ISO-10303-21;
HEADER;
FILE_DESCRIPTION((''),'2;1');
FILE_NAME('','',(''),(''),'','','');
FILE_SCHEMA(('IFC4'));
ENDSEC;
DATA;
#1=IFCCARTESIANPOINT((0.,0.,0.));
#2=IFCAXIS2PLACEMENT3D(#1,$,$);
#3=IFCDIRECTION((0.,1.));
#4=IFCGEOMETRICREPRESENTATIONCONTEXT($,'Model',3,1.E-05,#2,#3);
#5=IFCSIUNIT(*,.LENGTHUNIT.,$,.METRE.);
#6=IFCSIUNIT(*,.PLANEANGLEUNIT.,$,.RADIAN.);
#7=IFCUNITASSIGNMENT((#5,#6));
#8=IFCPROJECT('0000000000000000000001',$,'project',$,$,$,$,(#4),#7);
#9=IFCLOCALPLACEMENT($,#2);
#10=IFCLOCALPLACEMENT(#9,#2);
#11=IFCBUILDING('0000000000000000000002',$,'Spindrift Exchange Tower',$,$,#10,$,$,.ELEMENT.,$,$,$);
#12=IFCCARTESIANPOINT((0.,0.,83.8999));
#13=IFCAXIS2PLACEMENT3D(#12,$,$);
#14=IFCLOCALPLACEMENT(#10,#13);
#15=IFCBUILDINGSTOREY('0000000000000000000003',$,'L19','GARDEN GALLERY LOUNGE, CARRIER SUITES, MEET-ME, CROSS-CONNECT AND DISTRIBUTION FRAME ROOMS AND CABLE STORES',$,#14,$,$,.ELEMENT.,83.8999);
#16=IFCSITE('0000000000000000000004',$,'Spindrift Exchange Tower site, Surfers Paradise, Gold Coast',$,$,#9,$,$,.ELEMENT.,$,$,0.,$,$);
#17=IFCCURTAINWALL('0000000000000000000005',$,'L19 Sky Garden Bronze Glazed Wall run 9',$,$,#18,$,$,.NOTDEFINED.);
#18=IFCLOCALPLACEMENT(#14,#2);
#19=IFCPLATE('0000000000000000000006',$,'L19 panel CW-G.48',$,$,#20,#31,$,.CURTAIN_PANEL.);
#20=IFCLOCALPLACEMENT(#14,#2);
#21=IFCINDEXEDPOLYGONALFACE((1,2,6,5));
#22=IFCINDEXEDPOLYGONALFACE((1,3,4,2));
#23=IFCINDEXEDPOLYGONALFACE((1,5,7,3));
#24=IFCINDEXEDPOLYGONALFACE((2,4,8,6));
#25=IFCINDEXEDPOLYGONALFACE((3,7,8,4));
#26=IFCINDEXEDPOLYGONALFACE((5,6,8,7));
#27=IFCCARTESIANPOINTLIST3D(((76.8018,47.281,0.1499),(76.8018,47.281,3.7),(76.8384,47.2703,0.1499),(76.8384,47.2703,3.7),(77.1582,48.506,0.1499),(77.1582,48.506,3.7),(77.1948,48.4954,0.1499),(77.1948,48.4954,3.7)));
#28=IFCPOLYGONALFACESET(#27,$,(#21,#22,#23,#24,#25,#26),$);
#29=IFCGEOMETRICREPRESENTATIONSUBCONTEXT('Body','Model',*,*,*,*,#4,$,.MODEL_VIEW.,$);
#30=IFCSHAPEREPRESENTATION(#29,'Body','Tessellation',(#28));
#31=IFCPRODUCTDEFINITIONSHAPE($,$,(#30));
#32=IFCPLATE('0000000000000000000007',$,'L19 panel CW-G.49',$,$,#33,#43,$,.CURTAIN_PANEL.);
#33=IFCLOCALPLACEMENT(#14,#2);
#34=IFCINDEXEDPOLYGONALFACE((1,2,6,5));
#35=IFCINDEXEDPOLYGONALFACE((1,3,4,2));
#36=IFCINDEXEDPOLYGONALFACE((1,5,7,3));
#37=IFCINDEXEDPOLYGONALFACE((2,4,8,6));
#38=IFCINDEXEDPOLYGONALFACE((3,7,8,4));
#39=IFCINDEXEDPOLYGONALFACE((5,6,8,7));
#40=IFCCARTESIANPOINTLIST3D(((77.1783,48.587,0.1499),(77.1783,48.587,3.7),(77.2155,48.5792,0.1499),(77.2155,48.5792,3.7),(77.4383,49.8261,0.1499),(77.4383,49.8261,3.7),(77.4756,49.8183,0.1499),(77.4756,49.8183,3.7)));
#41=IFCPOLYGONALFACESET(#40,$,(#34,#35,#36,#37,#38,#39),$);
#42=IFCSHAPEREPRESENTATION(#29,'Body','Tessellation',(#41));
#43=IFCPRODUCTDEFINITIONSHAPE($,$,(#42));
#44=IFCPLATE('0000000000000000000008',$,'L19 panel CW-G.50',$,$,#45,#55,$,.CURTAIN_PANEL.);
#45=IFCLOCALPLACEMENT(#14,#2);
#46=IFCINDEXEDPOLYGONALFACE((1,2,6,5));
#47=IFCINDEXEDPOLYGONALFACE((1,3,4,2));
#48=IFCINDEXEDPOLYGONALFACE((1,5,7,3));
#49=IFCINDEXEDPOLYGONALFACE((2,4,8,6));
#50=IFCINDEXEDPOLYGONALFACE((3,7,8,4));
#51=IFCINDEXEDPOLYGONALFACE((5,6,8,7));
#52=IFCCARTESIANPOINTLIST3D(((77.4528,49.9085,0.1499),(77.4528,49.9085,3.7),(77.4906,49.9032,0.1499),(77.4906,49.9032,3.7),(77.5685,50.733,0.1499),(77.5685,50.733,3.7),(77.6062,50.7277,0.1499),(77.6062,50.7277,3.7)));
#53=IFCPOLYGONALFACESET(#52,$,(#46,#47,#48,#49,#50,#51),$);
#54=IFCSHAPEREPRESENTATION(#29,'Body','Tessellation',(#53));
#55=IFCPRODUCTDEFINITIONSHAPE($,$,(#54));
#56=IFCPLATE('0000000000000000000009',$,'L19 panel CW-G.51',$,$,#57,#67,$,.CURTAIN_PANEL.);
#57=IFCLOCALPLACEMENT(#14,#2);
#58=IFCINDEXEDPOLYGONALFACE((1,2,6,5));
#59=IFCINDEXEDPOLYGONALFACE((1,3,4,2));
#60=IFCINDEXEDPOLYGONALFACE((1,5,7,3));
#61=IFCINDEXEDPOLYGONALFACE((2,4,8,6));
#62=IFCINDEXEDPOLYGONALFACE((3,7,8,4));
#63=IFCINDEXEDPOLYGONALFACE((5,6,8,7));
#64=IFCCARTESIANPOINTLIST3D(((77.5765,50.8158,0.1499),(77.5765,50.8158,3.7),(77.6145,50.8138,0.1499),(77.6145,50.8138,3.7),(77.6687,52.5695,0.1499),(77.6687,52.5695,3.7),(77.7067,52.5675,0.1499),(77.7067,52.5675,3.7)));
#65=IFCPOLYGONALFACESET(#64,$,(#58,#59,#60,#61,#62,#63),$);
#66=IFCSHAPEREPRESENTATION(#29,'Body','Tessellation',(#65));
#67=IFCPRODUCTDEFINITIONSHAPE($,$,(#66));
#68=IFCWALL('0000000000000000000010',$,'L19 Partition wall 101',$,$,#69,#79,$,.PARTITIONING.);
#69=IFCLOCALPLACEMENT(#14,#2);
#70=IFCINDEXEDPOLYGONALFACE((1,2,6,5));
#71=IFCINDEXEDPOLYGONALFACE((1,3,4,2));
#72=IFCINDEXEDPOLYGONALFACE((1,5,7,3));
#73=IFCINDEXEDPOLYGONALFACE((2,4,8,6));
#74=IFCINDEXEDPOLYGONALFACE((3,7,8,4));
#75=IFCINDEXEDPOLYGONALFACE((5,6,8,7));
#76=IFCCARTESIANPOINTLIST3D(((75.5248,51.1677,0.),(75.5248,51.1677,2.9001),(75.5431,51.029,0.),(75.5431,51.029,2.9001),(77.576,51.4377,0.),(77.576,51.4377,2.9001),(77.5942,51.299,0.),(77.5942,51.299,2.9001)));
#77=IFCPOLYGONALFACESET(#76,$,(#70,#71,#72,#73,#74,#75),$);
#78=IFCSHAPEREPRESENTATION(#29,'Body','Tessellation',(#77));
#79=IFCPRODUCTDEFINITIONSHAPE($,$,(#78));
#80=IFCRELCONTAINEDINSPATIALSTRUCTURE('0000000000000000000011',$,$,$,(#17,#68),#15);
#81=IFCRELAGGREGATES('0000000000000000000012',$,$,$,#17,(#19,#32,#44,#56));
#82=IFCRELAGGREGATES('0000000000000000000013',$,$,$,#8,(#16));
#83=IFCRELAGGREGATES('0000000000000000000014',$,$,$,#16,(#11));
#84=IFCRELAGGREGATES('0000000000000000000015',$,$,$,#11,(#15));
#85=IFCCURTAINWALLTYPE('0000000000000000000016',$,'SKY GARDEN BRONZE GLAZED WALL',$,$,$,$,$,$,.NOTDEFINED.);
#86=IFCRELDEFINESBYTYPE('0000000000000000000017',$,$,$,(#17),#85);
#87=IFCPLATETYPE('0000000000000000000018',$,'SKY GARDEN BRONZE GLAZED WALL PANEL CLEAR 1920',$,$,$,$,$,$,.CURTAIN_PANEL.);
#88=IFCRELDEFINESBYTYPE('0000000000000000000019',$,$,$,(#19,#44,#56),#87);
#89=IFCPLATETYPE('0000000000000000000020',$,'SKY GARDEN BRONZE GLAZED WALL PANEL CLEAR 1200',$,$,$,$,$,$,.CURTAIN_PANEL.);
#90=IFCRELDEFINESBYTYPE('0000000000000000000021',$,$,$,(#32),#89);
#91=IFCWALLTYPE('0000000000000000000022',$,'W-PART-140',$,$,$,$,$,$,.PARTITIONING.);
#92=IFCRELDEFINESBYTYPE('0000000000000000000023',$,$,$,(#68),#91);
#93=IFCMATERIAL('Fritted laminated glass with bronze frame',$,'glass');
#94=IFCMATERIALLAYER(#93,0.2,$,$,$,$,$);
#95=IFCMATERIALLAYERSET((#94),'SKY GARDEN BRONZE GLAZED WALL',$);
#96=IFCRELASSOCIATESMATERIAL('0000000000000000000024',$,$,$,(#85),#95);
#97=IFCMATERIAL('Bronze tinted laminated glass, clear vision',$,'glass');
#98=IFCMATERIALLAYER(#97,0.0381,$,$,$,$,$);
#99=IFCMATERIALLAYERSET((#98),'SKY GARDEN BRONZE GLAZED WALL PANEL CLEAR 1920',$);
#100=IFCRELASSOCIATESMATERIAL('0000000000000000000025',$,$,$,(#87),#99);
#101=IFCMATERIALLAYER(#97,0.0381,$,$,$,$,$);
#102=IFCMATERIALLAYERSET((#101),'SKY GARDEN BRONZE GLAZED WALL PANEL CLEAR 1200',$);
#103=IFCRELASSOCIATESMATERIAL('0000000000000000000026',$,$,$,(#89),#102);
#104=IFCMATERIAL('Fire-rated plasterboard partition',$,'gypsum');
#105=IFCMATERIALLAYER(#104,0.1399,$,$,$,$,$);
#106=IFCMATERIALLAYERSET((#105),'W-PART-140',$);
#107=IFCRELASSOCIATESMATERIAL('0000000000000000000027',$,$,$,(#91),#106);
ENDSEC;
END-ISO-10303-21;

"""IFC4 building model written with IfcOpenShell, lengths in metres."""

from ifc_helpers import new_model, si_unit, direction, frame, frame_2d, origin, origin_2d, place, context, subcontext, project, spatial, rectangle, extrude, source, transform, mapped, material, layer, layer_set, type_object, element, aggregate, save


model = new_model("IFC4")

# Units and contexts
model_context = context("Model", 3, precision=1e-05, world=origin(), true_north=direction((0.0, 1.0)))
body_context = subcontext(model_context, "Body", "Model", "MODEL_VIEW")
ifc_project = project(units=[si_unit("LENGTHUNIT", "METRE"), si_unit("PLANEANGLEUNIT", "RADIAN")], contexts=[model_context])

# Site, building, storey
site_placement = place(None, origin())
site = spatial("IfcSite", under=ifc_project, at=site_placement, Name="Spindrift Exchange Tower site, Surfers Paradise, Gold Coast", CompositionType="ELEMENT", RefElevation=0.0)
building_placement = place(site_placement, origin())
building = spatial("IfcBuilding", under=site, at=building_placement, Name="Spindrift Exchange Tower", CompositionType="ELEMENT")
storey_placement = place(building_placement, frame((0.0, 0.0, 83.8999)))
storey = spatial("IfcBuildingStorey", under=building, at=storey_placement, Name="L19", Description="GARDEN GALLERY LOUNGE, CARRIER SUITES, MEET-ME, CROSS-CONNECT AND DISTRIBUTION FRAME ROOMS AND CABLE STORES", CompositionType="ELEMENT", Elevation=83.8999)

# Curtain wall
ifc_material_1 = material(Name="Fritted laminated glass with bronze frame", Category="glass")
ifc_layer_1 = layer(ifc_material_1, 0.2)
ifc_layer_set_1 = layer_set([ifc_layer_1], Name="SKY GARDEN BRONZE GLAZED WALL")
curtain_wall_type = type_object("IfcCurtainWallType", Name="SKY GARDEN BRONZE GLAZED WALL", PredefinedType="NOTDEFINED", material=ifc_layer_set_1)
curtain_wall_1_placement = place(storey_placement, origin())
curtain_wall_1 = element("IfcCurtainWall", 1, at=curtain_wall_1_placement, inside=storey, type_object=curtain_wall_type, Name="L19 Sky Garden Bronze Glazed Wall run 9", PredefinedType="NOTDEFINED")

# Plates
ifc_material_2 = material(Name="Bronze tinted laminated glass, clear vision", Category="glass")
ifc_layer_2 = layer(ifc_material_2, 0.0381)
ifc_layer_set_2 = layer_set([ifc_layer_2], Name="SKY GARDEN BRONZE GLAZED WALL PANEL CLEAR 1920")
plate_type_1 = type_object("IfcPlateType", Name="SKY GARDEN BRONZE GLAZED WALL PANEL CLEAR 1920", PredefinedType="CURTAIN_PANEL", material=ifc_layer_set_2)
ifc_layer_3 = layer(ifc_material_2, 0.0381)
ifc_layer_set_3 = layer_set([ifc_layer_3], Name="SKY GARDEN BRONZE GLAZED WALL PANEL CLEAR 1200")
plate_type_2 = type_object("IfcPlateType", Name="SKY GARDEN BRONZE GLAZED WALL PANEL CLEAR 1200", PredefinedType="CURTAIN_PANEL", material=ifc_layer_set_3)
shared_shape_1 = source(origin(), body_context, "Body", "SweptSolid", [
    extrude(rectangle(XDim=1.2759, YDim=0.0381, at=origin_2d()), origin(), (0.0, 0.0, 1.0), 3.55),
])
plate_1_placement = place(storey_placement, frame((76.9983, 47.8882, 0.1499), z_axis=(0.0, 0.0, 1.0), x_axis=(0.279356, 0.960187, 0.0)))
plate_1 = element("IfcPlate", 2, at=plate_1_placement, type_object=plate_type_1, Name="L19 panel CW-G.48", PredefinedType="CURTAIN_PANEL", context=body_context, shape_type="MappedRepresentation", body=[
    mapped(shared_shape_1, transform((0.0, 0.0, 0.0), scale=1.0)),
])
shared_shape_2 = source(origin(), body_context, "Body", "SweptSolid", [
    extrude(rectangle(XDim=1.2661, YDim=0.0381, at=origin_2d()), origin(), (0.0, 0.0, 1.0), 3.55),
])
plate_2_placement = place(storey_placement, frame((77.3269, 49.2026, 0.1499), z_axis=(0.0, 0.0, 1.0), x_axis=(0.205372, 0.978684, 0.0)))
plate_2 = element("IfcPlate", 3, at=plate_2_placement, type_object=plate_type_2, Name="L19 panel CW-G.49", PredefinedType="CURTAIN_PANEL", context=body_context, shape_type="MappedRepresentation", body=[
    mapped(shared_shape_2, transform((0.0, 0.0, 0.0), scale=1.0)),
])
shared_shape_3 = source(origin(), body_context, "Body", "SweptSolid", [
    extrude(rectangle(XDim=0.8325, YDim=0.0381, at=origin_2d()), origin(), (0.0, 0.0, 1.0), 3.55),
])
plate_3_placement = place(storey_placement, frame((77.5295, 50.3181, 0.1499), z_axis=(0.0, 0.0, 1.0), x_axis=(0.138964, 0.990297, 0.0)))
plate_3 = element("IfcPlate", 4, at=plate_3_placement, type_object=plate_type_1, Name="L19 panel CW-G.50", PredefinedType="CURTAIN_PANEL", context=body_context, shape_type="MappedRepresentation", body=[
    mapped(shared_shape_3, transform((0.0, 0.0, 0.0), scale=1.0)),
])
shared_shape_4 = source(origin(), body_context, "Body", "SweptSolid", [
    extrude(rectangle(XDim=1.7561, YDim=0.0381, at=origin_2d()), origin(), (0.0, 0.0, 1.0), 3.55),
])
plate_4_placement = place(storey_placement, frame((77.6416, 51.6917, 0.1499), z_axis=(0.0, 0.0, 1.0), x_axis=(0.05247, 0.998622, 0.0)))
plate_4 = element("IfcPlate", 5, at=plate_4_placement, type_object=plate_type_1, Name="L19 panel CW-G.51", PredefinedType="CURTAIN_PANEL", context=body_context, shape_type="MappedRepresentation", body=[
    mapped(shared_shape_4, transform((0.0, 0.0, 0.0), scale=1.0)),
])
aggregate(curtain_wall_1, [plate_1, plate_2, plate_3, plate_4])

# Wall
ifc_material_3 = material(Name="Fire-rated plasterboard partition", Category="gypsum")
ifc_layer_4 = layer(ifc_material_3, 0.1399)
ifc_layer_set_4 = layer_set([ifc_layer_4], Name="W-PART-140")
wall_type = type_object("IfcWallType", Name="W-PART-140", PredefinedType="PARTITIONING", material=ifc_layer_set_4)
wall_placement = place(storey_placement, frame((75.5339, 51.0984, 0.0), z_axis=(0.0, 0.0, 1.0), x_axis=(0.991447, 0.130509, 0.0)))
element("IfcWall", 6, at=wall_placement, inside=storey, type_object=wall_type, Name="L19 Partition wall 101", PredefinedType="PARTITIONING", context=body_context, shape_type="SweptSolid", body=[
    extrude(rectangle(XDim=2.0688, YDim=0.1399, at=frame_2d((1.0344, 0.0))), origin(), (0.0, 0.0, 1.0), 2.9001),
])

save(model, "model.ifc")
